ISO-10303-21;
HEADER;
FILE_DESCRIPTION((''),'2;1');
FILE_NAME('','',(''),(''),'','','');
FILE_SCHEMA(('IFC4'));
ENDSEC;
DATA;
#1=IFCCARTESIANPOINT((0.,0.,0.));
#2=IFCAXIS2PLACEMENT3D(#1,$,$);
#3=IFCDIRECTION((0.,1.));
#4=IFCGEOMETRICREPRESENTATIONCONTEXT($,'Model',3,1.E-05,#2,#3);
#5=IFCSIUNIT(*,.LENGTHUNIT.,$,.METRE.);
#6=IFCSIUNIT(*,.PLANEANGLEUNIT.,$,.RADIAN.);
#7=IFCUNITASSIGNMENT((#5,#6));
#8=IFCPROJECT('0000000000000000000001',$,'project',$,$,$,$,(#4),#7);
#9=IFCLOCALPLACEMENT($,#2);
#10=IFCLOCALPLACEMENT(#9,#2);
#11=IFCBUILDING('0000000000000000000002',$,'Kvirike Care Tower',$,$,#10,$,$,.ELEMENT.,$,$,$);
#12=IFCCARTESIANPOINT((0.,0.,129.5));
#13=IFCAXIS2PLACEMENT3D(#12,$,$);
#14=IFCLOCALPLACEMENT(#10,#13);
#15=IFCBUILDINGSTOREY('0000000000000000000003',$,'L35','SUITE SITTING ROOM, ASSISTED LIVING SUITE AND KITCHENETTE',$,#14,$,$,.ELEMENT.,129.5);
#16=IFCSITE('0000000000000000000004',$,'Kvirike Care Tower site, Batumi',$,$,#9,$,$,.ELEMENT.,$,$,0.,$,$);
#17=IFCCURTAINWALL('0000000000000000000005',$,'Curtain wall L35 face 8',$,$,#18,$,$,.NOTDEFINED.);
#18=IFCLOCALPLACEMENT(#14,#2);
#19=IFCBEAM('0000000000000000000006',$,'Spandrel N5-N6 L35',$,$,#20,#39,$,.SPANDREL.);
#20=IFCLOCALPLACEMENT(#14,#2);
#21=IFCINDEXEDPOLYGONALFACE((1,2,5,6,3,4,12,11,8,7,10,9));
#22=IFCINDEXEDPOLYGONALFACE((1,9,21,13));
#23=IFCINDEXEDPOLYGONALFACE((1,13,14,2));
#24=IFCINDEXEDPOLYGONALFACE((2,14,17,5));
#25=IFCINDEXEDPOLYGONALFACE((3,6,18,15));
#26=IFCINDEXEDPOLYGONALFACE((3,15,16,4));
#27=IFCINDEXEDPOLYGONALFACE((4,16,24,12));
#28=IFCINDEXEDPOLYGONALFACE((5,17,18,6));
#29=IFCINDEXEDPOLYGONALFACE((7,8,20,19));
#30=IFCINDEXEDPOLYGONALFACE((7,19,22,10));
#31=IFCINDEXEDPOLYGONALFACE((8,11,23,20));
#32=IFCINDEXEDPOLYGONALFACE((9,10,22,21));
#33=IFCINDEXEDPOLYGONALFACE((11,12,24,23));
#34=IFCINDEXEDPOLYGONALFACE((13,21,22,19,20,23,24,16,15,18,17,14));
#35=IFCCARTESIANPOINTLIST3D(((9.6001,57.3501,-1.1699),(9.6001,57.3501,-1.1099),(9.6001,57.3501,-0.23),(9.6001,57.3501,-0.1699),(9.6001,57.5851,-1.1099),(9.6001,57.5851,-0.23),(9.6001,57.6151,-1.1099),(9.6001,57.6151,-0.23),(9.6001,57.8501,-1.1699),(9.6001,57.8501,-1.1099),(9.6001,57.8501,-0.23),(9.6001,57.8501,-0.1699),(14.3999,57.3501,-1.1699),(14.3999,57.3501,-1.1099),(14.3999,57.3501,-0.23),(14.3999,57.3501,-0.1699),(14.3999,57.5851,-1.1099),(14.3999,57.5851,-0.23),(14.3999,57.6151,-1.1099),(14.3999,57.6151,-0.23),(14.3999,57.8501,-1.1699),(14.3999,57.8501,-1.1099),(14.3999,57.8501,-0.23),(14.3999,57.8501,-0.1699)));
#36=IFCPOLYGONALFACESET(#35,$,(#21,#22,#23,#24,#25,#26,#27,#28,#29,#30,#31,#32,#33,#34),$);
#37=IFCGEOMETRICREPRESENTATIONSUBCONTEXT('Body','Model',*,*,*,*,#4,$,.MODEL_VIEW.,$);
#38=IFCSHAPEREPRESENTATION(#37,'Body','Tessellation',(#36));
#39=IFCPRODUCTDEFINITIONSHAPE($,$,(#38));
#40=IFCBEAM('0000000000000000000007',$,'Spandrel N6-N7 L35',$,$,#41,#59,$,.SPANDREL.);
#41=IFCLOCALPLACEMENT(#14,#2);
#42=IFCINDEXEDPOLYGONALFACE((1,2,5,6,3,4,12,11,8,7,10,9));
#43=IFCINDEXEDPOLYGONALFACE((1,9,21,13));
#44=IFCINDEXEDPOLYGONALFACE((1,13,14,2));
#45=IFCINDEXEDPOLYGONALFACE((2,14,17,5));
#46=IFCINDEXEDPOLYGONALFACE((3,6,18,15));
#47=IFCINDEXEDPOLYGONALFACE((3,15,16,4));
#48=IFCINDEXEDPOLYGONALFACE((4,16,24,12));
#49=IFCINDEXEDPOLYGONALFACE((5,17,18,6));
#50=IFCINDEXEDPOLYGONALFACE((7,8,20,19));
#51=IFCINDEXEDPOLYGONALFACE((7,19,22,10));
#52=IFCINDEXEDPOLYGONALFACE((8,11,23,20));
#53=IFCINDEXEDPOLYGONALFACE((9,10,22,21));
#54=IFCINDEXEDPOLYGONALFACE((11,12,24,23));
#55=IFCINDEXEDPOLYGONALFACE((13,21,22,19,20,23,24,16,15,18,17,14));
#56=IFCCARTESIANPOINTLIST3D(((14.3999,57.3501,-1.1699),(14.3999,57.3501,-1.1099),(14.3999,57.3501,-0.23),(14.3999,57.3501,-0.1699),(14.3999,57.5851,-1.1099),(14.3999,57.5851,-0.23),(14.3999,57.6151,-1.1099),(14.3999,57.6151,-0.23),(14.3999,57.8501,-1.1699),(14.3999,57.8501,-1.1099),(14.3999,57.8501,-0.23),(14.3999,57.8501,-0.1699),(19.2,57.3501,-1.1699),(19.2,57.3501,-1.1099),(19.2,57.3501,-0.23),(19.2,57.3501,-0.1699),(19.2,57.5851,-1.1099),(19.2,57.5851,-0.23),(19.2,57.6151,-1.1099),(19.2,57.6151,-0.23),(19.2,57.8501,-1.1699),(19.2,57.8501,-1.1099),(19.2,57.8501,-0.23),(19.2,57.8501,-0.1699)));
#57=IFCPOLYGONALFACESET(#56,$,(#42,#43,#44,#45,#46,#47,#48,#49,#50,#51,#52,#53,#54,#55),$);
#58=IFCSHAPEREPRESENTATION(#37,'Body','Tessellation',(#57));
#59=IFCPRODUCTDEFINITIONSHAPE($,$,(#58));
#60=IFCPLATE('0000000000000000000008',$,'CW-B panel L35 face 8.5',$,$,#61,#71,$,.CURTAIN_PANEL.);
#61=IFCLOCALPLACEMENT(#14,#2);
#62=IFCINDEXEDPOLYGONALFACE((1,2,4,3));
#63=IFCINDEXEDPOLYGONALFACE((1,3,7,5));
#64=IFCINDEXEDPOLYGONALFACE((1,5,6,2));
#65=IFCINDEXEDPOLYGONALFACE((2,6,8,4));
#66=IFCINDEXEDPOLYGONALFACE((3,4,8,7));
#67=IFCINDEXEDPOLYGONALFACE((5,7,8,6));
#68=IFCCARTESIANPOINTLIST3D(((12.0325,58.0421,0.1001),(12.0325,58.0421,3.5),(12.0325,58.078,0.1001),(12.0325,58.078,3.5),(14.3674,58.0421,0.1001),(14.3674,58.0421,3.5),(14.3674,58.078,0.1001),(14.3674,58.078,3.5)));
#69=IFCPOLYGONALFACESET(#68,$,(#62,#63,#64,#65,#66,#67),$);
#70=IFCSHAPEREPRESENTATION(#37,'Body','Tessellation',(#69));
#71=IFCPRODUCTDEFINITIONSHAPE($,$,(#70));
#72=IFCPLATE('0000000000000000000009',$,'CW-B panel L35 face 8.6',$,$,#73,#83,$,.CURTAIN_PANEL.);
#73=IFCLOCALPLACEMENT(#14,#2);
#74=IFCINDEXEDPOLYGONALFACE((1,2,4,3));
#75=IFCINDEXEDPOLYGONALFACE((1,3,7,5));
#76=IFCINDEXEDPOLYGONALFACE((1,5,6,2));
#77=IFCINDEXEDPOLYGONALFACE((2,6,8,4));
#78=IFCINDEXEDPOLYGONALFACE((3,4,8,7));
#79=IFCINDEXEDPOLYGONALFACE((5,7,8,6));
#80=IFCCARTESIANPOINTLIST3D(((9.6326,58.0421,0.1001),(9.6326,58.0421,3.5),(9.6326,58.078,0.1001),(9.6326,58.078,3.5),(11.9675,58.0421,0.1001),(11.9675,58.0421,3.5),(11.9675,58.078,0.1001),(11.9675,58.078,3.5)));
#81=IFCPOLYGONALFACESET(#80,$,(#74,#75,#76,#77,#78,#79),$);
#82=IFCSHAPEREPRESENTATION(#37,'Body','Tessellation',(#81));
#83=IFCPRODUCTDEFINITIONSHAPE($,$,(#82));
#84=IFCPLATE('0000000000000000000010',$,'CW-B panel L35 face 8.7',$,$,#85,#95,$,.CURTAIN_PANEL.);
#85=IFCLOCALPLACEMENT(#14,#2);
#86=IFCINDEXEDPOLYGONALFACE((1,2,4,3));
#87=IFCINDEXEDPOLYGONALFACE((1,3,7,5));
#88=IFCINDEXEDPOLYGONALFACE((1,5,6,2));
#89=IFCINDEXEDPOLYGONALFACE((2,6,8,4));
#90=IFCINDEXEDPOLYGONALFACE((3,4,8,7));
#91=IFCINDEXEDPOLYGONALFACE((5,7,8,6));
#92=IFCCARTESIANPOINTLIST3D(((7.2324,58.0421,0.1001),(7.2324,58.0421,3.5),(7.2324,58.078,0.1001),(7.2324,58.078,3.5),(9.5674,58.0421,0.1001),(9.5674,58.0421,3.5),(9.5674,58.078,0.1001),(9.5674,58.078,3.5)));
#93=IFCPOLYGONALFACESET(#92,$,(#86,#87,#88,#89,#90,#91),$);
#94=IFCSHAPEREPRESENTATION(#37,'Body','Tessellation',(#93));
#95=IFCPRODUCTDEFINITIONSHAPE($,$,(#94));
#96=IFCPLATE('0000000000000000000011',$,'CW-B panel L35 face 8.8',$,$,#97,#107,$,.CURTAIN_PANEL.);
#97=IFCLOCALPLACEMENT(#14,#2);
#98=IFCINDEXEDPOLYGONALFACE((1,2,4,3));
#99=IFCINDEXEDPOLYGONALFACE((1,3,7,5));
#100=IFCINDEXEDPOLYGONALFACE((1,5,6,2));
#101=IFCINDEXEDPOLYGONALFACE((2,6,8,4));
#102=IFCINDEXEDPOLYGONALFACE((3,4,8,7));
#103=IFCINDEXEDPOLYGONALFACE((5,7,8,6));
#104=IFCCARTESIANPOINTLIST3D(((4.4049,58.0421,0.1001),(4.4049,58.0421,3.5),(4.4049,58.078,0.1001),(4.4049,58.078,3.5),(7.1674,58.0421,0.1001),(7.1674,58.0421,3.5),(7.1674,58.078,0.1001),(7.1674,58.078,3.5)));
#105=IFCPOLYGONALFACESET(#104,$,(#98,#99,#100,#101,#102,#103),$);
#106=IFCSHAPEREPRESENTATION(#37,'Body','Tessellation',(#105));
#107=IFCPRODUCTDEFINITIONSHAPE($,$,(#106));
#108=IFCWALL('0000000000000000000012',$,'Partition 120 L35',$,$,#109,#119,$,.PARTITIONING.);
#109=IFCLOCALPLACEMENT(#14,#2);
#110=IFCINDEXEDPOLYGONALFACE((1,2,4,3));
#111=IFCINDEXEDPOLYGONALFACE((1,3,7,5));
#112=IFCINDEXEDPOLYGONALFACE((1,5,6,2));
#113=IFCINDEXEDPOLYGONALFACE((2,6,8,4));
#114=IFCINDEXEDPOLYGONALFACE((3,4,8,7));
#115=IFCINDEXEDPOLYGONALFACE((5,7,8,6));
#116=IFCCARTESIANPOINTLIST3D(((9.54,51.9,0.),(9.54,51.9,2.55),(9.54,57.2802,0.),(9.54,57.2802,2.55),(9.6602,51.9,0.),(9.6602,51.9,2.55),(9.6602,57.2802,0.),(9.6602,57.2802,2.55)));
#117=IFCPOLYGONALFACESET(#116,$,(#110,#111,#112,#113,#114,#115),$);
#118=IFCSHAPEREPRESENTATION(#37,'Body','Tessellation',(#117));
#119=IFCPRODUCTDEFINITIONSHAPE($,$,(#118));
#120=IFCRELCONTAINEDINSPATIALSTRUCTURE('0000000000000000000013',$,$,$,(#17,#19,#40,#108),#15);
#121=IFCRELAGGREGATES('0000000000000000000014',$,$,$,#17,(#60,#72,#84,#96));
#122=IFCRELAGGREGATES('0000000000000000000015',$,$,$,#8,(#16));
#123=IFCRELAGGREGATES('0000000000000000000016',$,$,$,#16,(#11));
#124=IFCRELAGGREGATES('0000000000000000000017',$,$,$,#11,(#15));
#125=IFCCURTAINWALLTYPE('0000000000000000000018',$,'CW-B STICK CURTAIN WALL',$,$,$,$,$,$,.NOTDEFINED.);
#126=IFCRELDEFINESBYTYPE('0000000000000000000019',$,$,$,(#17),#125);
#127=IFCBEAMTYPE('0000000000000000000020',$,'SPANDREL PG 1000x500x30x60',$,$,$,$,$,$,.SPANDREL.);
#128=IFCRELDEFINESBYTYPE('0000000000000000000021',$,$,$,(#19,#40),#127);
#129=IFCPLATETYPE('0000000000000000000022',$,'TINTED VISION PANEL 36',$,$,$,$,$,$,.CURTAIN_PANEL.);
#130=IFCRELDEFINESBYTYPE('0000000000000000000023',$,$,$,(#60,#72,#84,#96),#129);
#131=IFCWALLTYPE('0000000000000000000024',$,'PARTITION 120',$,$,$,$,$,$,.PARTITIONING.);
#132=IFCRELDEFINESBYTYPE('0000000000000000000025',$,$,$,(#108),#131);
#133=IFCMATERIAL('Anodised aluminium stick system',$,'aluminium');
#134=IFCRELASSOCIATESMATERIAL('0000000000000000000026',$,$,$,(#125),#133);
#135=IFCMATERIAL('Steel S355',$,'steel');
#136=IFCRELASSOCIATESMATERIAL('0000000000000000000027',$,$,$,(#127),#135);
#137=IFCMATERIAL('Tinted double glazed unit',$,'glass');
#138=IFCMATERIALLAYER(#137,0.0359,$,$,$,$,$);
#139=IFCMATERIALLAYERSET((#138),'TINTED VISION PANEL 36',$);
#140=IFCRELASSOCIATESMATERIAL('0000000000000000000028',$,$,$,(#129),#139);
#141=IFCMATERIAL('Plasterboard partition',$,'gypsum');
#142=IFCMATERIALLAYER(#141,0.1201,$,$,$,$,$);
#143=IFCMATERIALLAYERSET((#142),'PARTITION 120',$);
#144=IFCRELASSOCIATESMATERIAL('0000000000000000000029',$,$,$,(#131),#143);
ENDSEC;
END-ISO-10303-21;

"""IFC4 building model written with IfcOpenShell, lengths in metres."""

from ifc_helpers import new_model, si_unit, direction, frame, frame_2d, origin, origin_2d, place, context, subcontext, project, spatial, rectangle, i_section, extrude, material, layer, layer_set, material_profile, profile_set, type_object, element, aggregate, save


model = new_model("IFC4")

# Units and contexts
model_context = context("Model", 3, precision=1e-05, world=origin(), true_north=direction((0.0, 1.0)))
body_context = subcontext(model_context, "Body", "Model", "MODEL_VIEW")
ifc_project = project(units=[si_unit("LENGTHUNIT", "METRE"), si_unit("PLANEANGLEUNIT", "RADIAN")], contexts=[model_context])

# Site, building, storey
site_placement = place(None, origin())
site = spatial("IfcSite", under=ifc_project, at=site_placement, Name="Kvirike Care Tower site, Batumi", CompositionType="ELEMENT", RefElevation=0.0)
building_placement = place(site_placement, origin())
building = spatial("IfcBuilding", under=site, at=building_placement, Name="Kvirike Care Tower", CompositionType="ELEMENT")
storey_placement = place(building_placement, frame((0.0, 0.0, 129.5)))
storey = spatial("IfcBuildingStorey", under=building, at=storey_placement, Name="L35", Description="SUITE SITTING ROOM, ASSISTED LIVING SUITE AND KITCHENETTE", CompositionType="ELEMENT", Elevation=129.5)

# Curtain wall
ifc_material_1 = material(Name="Anodised aluminium stick system", Category="aluminium")
curtain_wall_type = type_object("IfcCurtainWallType", Name="CW-B STICK CURTAIN WALL", PredefinedType="NOTDEFINED", material=ifc_material_1)
curtain_wall_placement = place(storey_placement, origin())
curtain_wall = element("IfcCurtainWall", 1, at=curtain_wall_placement, inside=storey, type_object=curtain_wall_type, Name="Curtain wall L35 face 8", PredefinedType="NOTDEFINED")

# Beams
ifc_material_2 = material(Name="Steel S355", Category="steel")
ifc_material_profile_1 = material_profile(ifc_material_2, i_section(OverallWidth=0.5, OverallDepth=1.0, WebThickness=0.03, FlangeThickness=0.0601, at=origin_2d()), Name="PG 1000x500x30x60")
ifc_profile_set_1 = profile_set([ifc_material_profile_1], Name="Steel S355")
beam_type = type_object("IfcBeamType", Name="SPANDREL PG 1000x500x30x60", PredefinedType="SPANDREL", material=ifc_profile_set_1)
beam_1_placement = place(storey_placement, frame((9.6001, 57.6001, -0.6699), z_axis=(1.0, 0.0, 0.0), x_axis=(0.0, 1.0, 0.0)))
element("IfcBeam", 2, at=beam_1_placement, inside=storey, type_object=beam_type, Name="Spandrel N5-N6 L35", PredefinedType="SPANDREL", context=body_context, shape_type="SweptSolid", body=[
    extrude(i_section(OverallWidth=0.5, OverallDepth=1.0, WebThickness=0.03, FlangeThickness=0.0601, at=origin_2d()), origin(), (0.0, 0.0, 1.0), 4.7998),
])
beam_2_placement = place(storey_placement, frame((14.3999, 57.6001, -0.6699), z_axis=(1.0, 0.0, 0.0), x_axis=(0.0, 1.0, 0.0)))
element("IfcBeam", 3, at=beam_2_placement, inside=storey, type_object=beam_type, Name="Spandrel N6-N7 L35", PredefinedType="SPANDREL", context=body_context, shape_type="SweptSolid", body=[
    extrude(i_section(OverallWidth=0.5, OverallDepth=1.0, WebThickness=0.03, FlangeThickness=0.0601, at=origin_2d()), origin(), (0.0, 0.0, 1.0), 4.8),
])

# Plates
ifc_material_3 = material(Name="Tinted double glazed unit", Category="glass")
ifc_layer_1 = layer(ifc_material_3, 0.0359)
ifc_layer_set_1 = layer_set([ifc_layer_1], Name="TINTED VISION PANEL 36")
plate_type = type_object("IfcPlateType", Name="TINTED VISION PANEL 36", PredefinedType="CURTAIN_PANEL", material=ifc_layer_set_1)
plate_1_placement = place(storey_placement, frame((13.2, 58.0601, 0.1001), z_axis=(0.0, 0.0, 1.0), x_axis=(-1.0, 0.0, 0.0)))
plate_1 = element("IfcPlate", 4, at=plate_1_placement, type_object=plate_type, Name="CW-B panel L35 face 8.5", PredefinedType="CURTAIN_PANEL", context=body_context, shape_type="SweptSolid", body=[
    extrude(rectangle(XDim=2.335, YDim=0.0359, at=origin_2d()), origin(), (0.0, 0.0, 1.0), 3.3999),
])
plate_2_placement = place(storey_placement, frame((10.8, 58.0601, 0.1001), z_axis=(0.0, 0.0, 1.0), x_axis=(-1.0, 0.0, 0.0)))
plate_2 = element("IfcPlate", 5, at=plate_2_placement, type_object=plate_type, Name="CW-B panel L35 face 8.6", PredefinedType="CURTAIN_PANEL", context=body_context, shape_type="SweptSolid", body=[
    extrude(rectangle(XDim=2.335, YDim=0.0359, at=origin_2d()), origin(), (0.0, 0.0, 1.0), 3.3999),
])
plate_3_placement = place(storey_placement, frame((8.3999, 58.0601, 0.1001), z_axis=(0.0, 0.0, 1.0), x_axis=(-1.0, 0.0, 0.0)))
plate_3 = element("IfcPlate", 6, at=plate_3_placement, type_object=plate_type, Name="CW-B panel L35 face 8.7", PredefinedType="CURTAIN_PANEL", context=body_context, shape_type="SweptSolid", body=[
    extrude(rectangle(XDim=2.335, YDim=0.0359, at=origin_2d()), origin(), (0.0, 0.0, 1.0), 3.3999),
])
plate_4_placement = place(storey_placement, frame((5.7861, 58.0601, 0.1001), z_axis=(0.0, 0.0, 1.0), x_axis=(-1.0, 0.0, 0.0)))
plate_4 = element("IfcPlate", 7, at=plate_4_placement, type_object=plate_type, Name="CW-B panel L35 face 8.8", PredefinedType="CURTAIN_PANEL", context=body_context, shape_type="SweptSolid", body=[
    extrude(rectangle(XDim=2.7625, YDim=0.0359, at=origin_2d()), origin(), (0.0, 0.0, 1.0), 3.3999),
])
aggregate(curtain_wall, [plate_1, plate_2, plate_3, plate_4])

# Wall
ifc_material_4 = material(Name="Plasterboard partition", Category="gypsum")
ifc_layer_2 = layer(ifc_material_4, 0.1201)
ifc_layer_set_2 = layer_set([ifc_layer_2], Name="PARTITION 120")
wall_type = type_object("IfcWallType", Name="PARTITION 120", PredefinedType="PARTITIONING", material=ifc_layer_set_2)
wall_placement = place(storey_placement, frame((9.6001, 57.28, 0.0), z_axis=(0.0, 0.0, 1.0), x_axis=(0.0, -1.0, 0.0)))
element("IfcWall", 8, at=wall_placement, inside=storey, type_object=wall_type, Name="Partition 120 L35", PredefinedType="PARTITIONING", context=body_context, shape_type="SweptSolid", body=[
    extrude(rectangle(XDim=5.3801, YDim=0.1201, at=frame_2d((2.6899, 0.0))), origin(), (0.0, 0.0, 1.0), 2.55),
])

save(model, "model.ifc")
